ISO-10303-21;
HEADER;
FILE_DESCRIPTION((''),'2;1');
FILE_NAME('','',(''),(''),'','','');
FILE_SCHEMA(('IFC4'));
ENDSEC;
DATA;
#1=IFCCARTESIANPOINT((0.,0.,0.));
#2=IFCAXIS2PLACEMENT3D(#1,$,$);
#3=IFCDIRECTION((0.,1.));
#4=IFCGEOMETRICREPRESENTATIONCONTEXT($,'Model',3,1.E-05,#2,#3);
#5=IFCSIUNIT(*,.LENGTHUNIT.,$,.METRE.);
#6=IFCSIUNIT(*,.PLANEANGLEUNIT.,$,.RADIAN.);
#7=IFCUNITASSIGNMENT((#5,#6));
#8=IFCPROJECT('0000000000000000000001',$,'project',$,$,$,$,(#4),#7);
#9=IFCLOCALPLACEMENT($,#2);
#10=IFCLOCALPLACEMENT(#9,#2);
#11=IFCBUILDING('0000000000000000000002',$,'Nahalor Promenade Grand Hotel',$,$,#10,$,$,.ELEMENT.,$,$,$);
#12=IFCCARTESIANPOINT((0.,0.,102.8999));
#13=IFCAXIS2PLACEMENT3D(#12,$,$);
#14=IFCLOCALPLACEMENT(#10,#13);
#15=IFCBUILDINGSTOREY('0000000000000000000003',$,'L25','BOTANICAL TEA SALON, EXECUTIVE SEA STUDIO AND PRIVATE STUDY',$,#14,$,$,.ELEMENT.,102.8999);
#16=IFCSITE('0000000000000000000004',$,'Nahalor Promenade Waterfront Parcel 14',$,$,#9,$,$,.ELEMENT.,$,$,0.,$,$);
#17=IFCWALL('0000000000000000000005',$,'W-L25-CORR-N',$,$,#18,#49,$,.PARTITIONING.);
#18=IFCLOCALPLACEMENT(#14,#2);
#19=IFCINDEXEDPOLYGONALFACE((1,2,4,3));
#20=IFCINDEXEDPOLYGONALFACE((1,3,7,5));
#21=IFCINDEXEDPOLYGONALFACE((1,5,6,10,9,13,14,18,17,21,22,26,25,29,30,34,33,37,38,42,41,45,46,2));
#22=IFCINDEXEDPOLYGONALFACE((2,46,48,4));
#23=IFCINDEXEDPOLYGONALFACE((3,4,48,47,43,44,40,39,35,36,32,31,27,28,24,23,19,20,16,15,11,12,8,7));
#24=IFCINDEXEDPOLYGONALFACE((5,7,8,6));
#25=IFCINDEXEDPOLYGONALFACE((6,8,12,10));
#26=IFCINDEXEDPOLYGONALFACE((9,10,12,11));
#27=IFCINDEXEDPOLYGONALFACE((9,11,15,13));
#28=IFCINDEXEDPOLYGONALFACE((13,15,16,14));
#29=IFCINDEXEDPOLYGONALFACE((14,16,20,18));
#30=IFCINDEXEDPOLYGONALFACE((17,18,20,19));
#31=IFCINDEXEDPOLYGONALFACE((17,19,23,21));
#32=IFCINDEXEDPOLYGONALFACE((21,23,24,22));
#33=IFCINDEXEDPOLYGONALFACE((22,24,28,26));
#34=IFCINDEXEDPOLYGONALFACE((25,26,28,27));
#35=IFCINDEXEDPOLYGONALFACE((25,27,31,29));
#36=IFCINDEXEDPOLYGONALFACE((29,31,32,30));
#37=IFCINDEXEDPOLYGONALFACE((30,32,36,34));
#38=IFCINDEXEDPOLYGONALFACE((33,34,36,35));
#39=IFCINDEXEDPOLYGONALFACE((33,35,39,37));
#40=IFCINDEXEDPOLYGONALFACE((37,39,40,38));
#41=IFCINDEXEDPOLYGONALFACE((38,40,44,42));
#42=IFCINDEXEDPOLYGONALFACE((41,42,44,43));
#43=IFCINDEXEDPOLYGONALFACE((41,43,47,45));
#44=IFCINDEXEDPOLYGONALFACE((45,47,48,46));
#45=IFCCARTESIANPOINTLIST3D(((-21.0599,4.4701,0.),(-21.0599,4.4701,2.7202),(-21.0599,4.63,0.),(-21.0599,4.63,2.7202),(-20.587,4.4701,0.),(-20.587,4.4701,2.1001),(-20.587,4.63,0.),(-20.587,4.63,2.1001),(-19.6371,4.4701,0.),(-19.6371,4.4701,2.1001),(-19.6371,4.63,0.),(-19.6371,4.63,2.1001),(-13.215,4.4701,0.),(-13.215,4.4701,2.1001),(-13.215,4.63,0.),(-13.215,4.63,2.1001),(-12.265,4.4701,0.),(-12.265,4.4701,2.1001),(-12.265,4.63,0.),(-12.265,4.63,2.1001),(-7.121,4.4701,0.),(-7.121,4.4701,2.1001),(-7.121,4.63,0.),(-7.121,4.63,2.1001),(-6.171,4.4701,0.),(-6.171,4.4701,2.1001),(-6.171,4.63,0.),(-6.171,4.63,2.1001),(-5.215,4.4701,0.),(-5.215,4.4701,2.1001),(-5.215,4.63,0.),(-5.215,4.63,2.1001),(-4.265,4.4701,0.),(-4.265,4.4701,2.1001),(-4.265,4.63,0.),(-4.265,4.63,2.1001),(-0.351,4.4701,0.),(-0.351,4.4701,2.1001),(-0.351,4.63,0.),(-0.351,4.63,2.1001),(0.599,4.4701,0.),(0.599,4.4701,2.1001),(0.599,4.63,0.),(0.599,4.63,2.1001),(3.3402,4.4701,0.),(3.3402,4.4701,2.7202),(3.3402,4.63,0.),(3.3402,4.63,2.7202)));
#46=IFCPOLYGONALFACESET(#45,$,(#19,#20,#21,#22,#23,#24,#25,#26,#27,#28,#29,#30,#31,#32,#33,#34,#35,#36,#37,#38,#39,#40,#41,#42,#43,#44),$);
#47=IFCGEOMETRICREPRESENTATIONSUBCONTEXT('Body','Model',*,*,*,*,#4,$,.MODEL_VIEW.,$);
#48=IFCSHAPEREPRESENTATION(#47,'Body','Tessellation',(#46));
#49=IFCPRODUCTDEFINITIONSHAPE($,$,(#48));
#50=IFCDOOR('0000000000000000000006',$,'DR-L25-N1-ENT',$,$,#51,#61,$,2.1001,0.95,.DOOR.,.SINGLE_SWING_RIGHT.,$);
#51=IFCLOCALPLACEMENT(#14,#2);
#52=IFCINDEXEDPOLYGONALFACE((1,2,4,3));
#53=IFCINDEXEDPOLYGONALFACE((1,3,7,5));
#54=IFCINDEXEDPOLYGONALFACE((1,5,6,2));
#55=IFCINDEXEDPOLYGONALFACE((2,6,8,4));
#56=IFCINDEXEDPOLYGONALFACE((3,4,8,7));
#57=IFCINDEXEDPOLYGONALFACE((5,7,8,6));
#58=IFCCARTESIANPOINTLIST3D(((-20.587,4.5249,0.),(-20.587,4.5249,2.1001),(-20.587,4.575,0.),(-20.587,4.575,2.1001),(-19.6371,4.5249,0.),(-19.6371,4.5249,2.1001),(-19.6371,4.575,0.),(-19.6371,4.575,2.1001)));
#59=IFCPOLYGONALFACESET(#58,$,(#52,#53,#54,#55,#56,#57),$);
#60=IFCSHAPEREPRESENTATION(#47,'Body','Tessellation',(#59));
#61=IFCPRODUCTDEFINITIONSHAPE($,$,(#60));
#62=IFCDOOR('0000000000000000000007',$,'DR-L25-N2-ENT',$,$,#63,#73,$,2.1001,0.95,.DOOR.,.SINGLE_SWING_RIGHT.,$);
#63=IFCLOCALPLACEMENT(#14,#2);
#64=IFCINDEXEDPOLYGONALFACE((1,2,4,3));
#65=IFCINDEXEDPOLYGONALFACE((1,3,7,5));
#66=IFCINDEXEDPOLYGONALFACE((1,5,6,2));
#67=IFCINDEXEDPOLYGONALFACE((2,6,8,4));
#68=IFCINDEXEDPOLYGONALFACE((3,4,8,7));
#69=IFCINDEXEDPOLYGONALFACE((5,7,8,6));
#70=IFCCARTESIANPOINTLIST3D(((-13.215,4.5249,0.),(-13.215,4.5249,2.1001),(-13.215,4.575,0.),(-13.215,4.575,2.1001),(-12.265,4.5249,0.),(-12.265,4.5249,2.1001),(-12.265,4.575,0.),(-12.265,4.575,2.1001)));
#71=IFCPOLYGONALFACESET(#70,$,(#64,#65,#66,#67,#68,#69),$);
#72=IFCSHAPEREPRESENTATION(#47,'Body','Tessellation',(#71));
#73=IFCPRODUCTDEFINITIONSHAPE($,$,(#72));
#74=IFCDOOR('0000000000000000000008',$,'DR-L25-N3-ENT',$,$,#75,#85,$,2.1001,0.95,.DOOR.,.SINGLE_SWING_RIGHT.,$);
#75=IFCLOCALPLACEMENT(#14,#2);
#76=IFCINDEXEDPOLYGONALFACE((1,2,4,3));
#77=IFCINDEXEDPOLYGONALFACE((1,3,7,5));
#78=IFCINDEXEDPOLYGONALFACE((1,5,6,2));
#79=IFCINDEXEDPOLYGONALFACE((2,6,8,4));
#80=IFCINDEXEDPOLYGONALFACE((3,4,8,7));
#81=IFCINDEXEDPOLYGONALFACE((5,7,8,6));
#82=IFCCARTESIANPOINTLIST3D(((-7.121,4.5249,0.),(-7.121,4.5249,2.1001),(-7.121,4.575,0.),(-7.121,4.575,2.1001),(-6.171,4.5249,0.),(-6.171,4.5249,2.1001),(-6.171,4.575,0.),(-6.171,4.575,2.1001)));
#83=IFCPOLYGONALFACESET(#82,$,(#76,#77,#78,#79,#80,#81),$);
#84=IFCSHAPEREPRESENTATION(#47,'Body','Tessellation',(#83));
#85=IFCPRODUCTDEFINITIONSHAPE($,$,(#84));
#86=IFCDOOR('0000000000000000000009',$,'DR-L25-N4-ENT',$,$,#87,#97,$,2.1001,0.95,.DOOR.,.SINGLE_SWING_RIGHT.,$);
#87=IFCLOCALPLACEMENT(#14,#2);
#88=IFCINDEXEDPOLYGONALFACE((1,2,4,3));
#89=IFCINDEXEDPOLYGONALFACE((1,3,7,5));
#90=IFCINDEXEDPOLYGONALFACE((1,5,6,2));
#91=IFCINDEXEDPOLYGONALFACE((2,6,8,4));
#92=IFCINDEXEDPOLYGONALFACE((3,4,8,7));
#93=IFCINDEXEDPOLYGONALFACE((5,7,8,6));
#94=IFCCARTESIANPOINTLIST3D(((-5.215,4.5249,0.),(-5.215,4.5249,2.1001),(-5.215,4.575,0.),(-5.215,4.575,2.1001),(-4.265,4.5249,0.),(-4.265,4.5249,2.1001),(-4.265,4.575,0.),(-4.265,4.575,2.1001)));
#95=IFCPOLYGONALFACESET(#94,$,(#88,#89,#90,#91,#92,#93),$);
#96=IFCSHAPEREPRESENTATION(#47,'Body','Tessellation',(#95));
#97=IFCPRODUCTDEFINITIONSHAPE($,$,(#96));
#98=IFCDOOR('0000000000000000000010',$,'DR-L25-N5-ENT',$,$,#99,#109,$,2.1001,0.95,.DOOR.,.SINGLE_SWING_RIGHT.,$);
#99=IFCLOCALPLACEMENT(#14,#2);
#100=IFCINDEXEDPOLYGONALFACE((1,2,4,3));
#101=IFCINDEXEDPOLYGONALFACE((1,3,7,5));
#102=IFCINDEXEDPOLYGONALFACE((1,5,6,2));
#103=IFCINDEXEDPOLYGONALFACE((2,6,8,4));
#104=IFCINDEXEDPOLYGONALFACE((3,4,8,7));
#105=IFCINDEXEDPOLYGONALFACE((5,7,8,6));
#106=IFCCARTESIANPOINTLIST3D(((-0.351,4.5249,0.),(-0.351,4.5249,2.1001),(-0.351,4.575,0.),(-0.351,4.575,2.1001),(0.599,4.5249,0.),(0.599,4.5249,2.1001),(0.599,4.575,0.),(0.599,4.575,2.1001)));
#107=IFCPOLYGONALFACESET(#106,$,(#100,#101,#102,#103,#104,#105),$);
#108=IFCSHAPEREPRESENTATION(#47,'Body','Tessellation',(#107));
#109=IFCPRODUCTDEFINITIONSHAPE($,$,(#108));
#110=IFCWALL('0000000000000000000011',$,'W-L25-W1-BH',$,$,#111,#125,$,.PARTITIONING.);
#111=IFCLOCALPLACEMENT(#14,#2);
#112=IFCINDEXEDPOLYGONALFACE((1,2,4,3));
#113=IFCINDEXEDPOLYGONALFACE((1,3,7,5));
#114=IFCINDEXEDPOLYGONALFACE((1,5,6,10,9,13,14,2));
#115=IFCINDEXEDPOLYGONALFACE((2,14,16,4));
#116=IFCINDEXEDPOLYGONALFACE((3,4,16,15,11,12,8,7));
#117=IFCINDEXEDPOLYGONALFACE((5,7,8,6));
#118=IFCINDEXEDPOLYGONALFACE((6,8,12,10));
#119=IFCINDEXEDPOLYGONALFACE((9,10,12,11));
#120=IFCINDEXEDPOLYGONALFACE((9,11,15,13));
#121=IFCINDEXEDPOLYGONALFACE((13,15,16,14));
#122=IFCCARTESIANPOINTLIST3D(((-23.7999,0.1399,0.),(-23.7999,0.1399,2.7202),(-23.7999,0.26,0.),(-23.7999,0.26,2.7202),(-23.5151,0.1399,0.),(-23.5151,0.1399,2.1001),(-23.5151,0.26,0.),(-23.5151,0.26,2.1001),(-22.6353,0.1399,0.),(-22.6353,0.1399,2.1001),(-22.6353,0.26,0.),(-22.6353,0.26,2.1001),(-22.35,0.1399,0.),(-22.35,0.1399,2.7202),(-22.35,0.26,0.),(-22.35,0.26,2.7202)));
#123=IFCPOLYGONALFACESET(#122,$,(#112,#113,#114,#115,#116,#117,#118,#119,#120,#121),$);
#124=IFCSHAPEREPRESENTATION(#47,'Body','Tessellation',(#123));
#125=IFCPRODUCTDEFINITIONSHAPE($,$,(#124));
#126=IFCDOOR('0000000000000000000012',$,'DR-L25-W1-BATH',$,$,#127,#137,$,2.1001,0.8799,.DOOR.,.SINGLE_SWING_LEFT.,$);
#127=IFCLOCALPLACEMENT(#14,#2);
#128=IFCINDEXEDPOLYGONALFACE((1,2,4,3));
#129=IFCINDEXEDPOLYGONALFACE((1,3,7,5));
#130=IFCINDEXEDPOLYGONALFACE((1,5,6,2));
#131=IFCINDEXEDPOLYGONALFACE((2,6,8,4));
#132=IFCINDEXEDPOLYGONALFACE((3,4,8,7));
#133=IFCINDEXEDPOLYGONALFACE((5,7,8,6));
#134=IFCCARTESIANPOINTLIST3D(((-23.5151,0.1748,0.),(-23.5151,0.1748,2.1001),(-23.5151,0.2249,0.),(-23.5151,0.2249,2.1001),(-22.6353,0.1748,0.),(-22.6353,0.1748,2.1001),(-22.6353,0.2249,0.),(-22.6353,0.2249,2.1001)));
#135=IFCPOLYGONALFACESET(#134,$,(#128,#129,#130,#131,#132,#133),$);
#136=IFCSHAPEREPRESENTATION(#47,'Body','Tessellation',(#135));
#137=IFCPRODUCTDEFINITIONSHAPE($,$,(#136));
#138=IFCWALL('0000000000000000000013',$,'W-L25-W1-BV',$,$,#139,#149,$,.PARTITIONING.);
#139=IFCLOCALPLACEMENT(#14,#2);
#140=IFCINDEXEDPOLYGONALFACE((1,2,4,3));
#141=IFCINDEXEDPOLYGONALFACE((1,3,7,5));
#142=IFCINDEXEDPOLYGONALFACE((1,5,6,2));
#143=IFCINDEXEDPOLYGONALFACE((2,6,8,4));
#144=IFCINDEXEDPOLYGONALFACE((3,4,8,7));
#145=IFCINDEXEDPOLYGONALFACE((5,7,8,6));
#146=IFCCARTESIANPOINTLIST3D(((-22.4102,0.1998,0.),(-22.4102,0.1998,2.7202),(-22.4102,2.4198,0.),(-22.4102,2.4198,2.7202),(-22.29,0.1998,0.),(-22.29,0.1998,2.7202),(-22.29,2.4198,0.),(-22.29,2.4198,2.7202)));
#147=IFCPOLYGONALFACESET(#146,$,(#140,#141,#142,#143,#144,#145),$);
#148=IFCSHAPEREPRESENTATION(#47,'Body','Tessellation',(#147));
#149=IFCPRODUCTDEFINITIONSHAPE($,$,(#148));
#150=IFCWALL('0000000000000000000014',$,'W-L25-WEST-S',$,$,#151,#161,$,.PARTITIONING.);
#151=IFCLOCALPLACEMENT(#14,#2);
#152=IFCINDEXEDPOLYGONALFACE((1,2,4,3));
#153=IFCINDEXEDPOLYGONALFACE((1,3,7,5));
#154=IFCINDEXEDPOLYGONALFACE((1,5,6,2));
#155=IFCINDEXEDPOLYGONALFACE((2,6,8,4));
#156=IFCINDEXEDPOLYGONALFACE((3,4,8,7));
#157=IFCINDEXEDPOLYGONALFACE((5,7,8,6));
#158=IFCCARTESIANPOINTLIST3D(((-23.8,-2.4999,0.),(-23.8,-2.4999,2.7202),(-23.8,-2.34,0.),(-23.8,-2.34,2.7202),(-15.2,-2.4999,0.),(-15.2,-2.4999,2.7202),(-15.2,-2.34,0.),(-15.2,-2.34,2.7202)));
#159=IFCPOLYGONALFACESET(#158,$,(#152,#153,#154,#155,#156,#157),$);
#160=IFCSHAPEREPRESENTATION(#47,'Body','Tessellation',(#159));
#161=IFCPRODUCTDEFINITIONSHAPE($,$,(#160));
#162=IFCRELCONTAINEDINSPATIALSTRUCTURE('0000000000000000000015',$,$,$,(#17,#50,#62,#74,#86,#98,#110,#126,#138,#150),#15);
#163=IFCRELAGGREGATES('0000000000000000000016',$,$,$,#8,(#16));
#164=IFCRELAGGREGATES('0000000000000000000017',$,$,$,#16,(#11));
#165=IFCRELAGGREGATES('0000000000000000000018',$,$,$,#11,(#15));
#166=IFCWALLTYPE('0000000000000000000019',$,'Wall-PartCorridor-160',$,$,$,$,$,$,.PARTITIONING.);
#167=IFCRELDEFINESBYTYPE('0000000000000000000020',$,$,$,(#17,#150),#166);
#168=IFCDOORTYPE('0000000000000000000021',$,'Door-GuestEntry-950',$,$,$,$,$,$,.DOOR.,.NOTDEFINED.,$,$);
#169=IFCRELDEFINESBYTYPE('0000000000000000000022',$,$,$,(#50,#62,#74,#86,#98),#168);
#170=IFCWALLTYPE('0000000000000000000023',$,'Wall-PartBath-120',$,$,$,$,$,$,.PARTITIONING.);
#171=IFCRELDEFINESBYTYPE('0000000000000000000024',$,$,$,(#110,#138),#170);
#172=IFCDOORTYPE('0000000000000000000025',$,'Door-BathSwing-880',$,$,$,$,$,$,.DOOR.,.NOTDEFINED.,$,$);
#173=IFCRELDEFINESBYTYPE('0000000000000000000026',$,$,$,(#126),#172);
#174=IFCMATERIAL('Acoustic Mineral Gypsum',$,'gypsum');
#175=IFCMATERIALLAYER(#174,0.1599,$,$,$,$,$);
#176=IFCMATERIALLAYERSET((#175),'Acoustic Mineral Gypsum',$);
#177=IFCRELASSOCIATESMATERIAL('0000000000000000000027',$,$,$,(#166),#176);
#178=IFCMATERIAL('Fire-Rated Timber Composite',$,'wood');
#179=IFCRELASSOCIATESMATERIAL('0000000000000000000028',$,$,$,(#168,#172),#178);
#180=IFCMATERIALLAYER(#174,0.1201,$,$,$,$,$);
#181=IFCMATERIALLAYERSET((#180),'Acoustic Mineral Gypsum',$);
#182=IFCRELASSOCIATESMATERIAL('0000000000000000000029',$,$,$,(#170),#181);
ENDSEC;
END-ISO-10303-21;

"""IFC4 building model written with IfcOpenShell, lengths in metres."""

from ifc_helpers import new_model, si_unit, direction, frame, frame_2d, origin, place, context, subcontext, project, spatial, rectangle, extrude, source, transform, mapped, material, layer, layer_set, type_object, element, fill, save


model = new_model("IFC4")

# Units and contexts
model_context = context("Model", 3, precision=1e-05, world=origin(), true_north=direction((0.0, 1.0)))
body_context = subcontext(model_context, "Body", "Model", "MODEL_VIEW")
ifc_project = project(units=[si_unit("LENGTHUNIT", "METRE"), si_unit("PLANEANGLEUNIT", "RADIAN")], contexts=[model_context])

# Site, building, storey
site_placement = place(None, origin())
site = spatial("IfcSite", under=ifc_project, at=site_placement, Name="Nahalor Promenade Waterfront Parcel 14", CompositionType="ELEMENT", RefElevation=0.0)
building_placement = place(site_placement, origin())
building = spatial("IfcBuilding", under=site, at=building_placement, Name="Nahalor Promenade Grand Hotel", CompositionType="ELEMENT")
storey_placement = place(building_placement, frame((0.0, 0.0, 102.8999)))
storey = spatial("IfcBuildingStorey", under=building, at=storey_placement, Name="L25", Description="BOTANICAL TEA SALON, EXECUTIVE SEA STUDIO AND PRIVATE STUDY", CompositionType="ELEMENT", Elevation=102.8999)

# Wall, openings, doors
ifc_material_1 = material(Name="Acoustic Mineral Gypsum", Category="gypsum")
ifc_layer_1 = layer(ifc_material_1, 0.1599)
ifc_layer_set_1 = layer_set([ifc_layer_1], Name="Acoustic Mineral Gypsum")
wall_type_1 = type_object("IfcWallType", Name="Wall-PartCorridor-160", PredefinedType="PARTITIONING", material=ifc_layer_set_1)
shared_shape_1 = source(origin(), body_context, "Body", "SweptSolid", [
    extrude(rectangle(XDim=24.4001, YDim=0.1599, at=frame_2d((12.2002, 0.0))), origin(), (0.0, 0.0, 1.0), 2.7202),
])
wall_1_placement = place(storey_placement, frame((-21.0601, 4.55, 0.0), z_axis=(0.0, 0.0, 1.0), x_axis=(1.0, 0.0, 0.0)))
wall_1 = element("IfcWall", 1, at=wall_1_placement, inside=storey, type_object=wall_type_1, Name="W-L25-CORR-N", PredefinedType="PARTITIONING", context=body_context, shape_type="MappedRepresentation", body=[
    mapped(shared_shape_1, transform((0.0, 0.0, 0.0), scale=1.0)),
])
opening_1_placement = place(wall_1_placement, frame((0.4729, 0.0, 0.0)))
opening_1 = element("IfcOpeningElement", 2, at=opening_1_placement, cuts=wall_1, PredefinedType="OPENING", context=body_context, shape_type="SweptSolid", body=[
    extrude(rectangle(XDim=0.95, YDim=2.1001, at=frame_2d((0.4751, 1.05))), frame((0.0, 0.0898, 0.0), z_axis=(0.0, -1.0, 0.0), x_axis=(1.0, 0.0, 0.0)), (0.0, 0.0, 1.0), 0.1799),
])
opening_2_placement = place(wall_1_placement, frame((7.845, 0.0, 0.0)))
opening_2 = element("IfcOpeningElement", 3, at=opening_2_placement, cuts=wall_1, PredefinedType="OPENING", context=body_context, shape_type="SweptSolid", body=[
    extrude(rectangle(XDim=0.95, YDim=2.1001, at=frame_2d((0.4751, 1.05))), frame((0.0, 0.0898, 0.0), z_axis=(0.0, -1.0, 0.0), x_axis=(1.0, 0.0, 0.0)), (0.0, 0.0, 1.0), 0.1799),
])
opening_3_placement = place(wall_1_placement, frame((13.939, 0.0, 0.0)))
opening_3 = element("IfcOpeningElement", 4, at=opening_3_placement, cuts=wall_1, PredefinedType="OPENING", context=body_context, shape_type="SweptSolid", body=[
    extrude(rectangle(XDim=0.95, YDim=2.1001, at=frame_2d((0.4751, 1.05))), frame((0.0, 0.0898, 0.0), z_axis=(0.0, -1.0, 0.0), x_axis=(1.0, 0.0, 0.0)), (0.0, 0.0, 1.0), 0.1799),
])
opening_4_placement = place(wall_1_placement, frame((15.845, 0.0, 0.0)))
opening_4 = element("IfcOpeningElement", 5, at=opening_4_placement, cuts=wall_1, PredefinedType="OPENING", context=body_context, shape_type="SweptSolid", body=[
    extrude(rectangle(XDim=0.95, YDim=2.1001, at=frame_2d((0.4751, 1.05))), frame((0.0, 0.0898, 0.0), z_axis=(0.0, -1.0, 0.0), x_axis=(1.0, 0.0, 0.0)), (0.0, 0.0, 1.0), 0.1799),
])
opening_5_placement = place(wall_1_placement, frame((20.709, 0.0, 0.0)))
opening_5 = element("IfcOpeningElement", 6, at=opening_5_placement, cuts=wall_1, PredefinedType="OPENING", context=body_context, shape_type="SweptSolid", body=[
    extrude(rectangle(XDim=0.95, YDim=2.1001, at=frame_2d((0.4751, 1.05))), frame((0.0, 0.0898, 0.0), z_axis=(0.0, -1.0, 0.0), x_axis=(1.0, 0.0, 0.0)), (0.0, 0.0, 1.0), 0.1799),
])
ifc_material_2 = material(Name="Fire-Rated Timber Composite", Category="wood")
door_type_1 = type_object("IfcDoorType", Name="Door-GuestEntry-950", OperationType="NOTDEFINED", PredefinedType="DOOR", material=ifc_material_2)
shared_shape_2 = source(origin(), body_context, "Body", "SweptSolid", [
    extrude(rectangle(XDim=0.95, YDim=2.1001, at=frame_2d((0.4751, 1.05))), frame((0.0, 0.0249, 0.0), z_axis=(0.0, -1.0, 0.0), x_axis=(1.0, 0.0, 0.0)), (0.0, 0.0, 1.0), 0.05),
])
door_1_placement = place(opening_1_placement, origin())
door_1 = element("IfcDoor", 7, at=door_1_placement, inside=storey, type_object=door_type_1, Name="DR-L25-N1-ENT", OperationType="SINGLE_SWING_RIGHT", OverallHeight=2.1001, OverallWidth=0.95, PredefinedType="DOOR", context=body_context, shape_type="MappedRepresentation", body=[
    mapped(shared_shape_2, transform((0.0, 0.0, 0.0), scale=1.0)),
])
fill(opening_1, door_1)
door_2_placement = place(opening_2_placement, origin())
door_2 = element("IfcDoor", 8, at=door_2_placement, inside=storey, type_object=door_type_1, Name="DR-L25-N2-ENT", OperationType="SINGLE_SWING_RIGHT", OverallHeight=2.1001, OverallWidth=0.95, PredefinedType="DOOR", context=body_context, shape_type="MappedRepresentation", body=[
    mapped(shared_shape_2, transform((0.0, 0.0, 0.0), scale=1.0)),
])
fill(opening_2, door_2)
door_3_placement = place(opening_3_placement, origin())
door_3 = element("IfcDoor", 9, at=door_3_placement, inside=storey, type_object=door_type_1, Name="DR-L25-N3-ENT", OperationType="SINGLE_SWING_RIGHT", OverallHeight=2.1001, OverallWidth=0.95, PredefinedType="DOOR", context=body_context, shape_type="MappedRepresentation", body=[
    mapped(shared_shape_2, transform((0.0, 0.0, 0.0), scale=1.0)),
])
fill(opening_3, door_3)
door_4_placement = place(opening_4_placement, origin())
door_4 = element("IfcDoor", 10, at=door_4_placement, inside=storey, type_object=door_type_1, Name="DR-L25-N4-ENT", OperationType="SINGLE_SWING_RIGHT", OverallHeight=2.1001, OverallWidth=0.95, PredefinedType="DOOR", context=body_context, shape_type="MappedRepresentation", body=[
    mapped(shared_shape_2, transform((0.0, 0.0, 0.0), scale=1.0)),
])
fill(opening_4, door_4)
door_5_placement = place(opening_5_placement, origin())
door_5 = element("IfcDoor", 11, at=door_5_placement, inside=storey, type_object=door_type_1, Name="DR-L25-N5-ENT", OperationType="SINGLE_SWING_RIGHT", OverallHeight=2.1001, OverallWidth=0.95, PredefinedType="DOOR", context=body_context, shape_type="MappedRepresentation", body=[
    mapped(shared_shape_2, transform((0.0, 0.0, 0.0), scale=1.0)),
])
fill(opening_5, door_5)

# Wall, opening, door
ifc_layer_2 = layer(ifc_material_1, 0.1201)
ifc_layer_set_2 = layer_set([ifc_layer_2], Name="Acoustic Mineral Gypsum")
wall_type_2 = type_object("IfcWallType", Name="Wall-PartBath-120", PredefinedType="PARTITIONING", material=ifc_layer_set_2)
shared_shape_3 = source(origin(), body_context, "Body", "SweptSolid", [
    extrude(rectangle(XDim=1.45, YDim=0.1201, at=frame_2d((0.7251, 0.0))), origin(), (0.0, 0.0, 1.0), 2.7202),
])
wall_2_placement = place(storey_placement, frame((-23.8, 0.2, 0.0), z_axis=(0.0, 0.0, 1.0), x_axis=(1.0, 0.0, 0.0)))
wall_2 = element("IfcWall", 12, at=wall_2_placement, inside=storey, type_object=wall_type_2, Name="W-L25-W1-BH", PredefinedType="PARTITIONING", context=body_context, shape_type="MappedRepresentation", body=[
    mapped(shared_shape_3, transform((0.0, 0.0, 0.0), scale=1.0)),
])
opening_6_placement = place(wall_2_placement, frame((0.2849, 0.0, 0.0)))
opening_6 = element("IfcOpeningElement", 13, at=opening_6_placement, cuts=wall_2, PredefinedType="OPENING", context=body_context, shape_type="SweptSolid", body=[
    extrude(rectangle(XDim=0.8799, YDim=2.1001, at=frame_2d((0.4399, 1.05))), frame((0.0, 0.0701, 0.0), z_axis=(0.0, -1.0, 0.0), x_axis=(1.0, 0.0, 0.0)), (0.0, 0.0, 1.0), 0.1401),
])
door_type_2 = type_object("IfcDoorType", Name="Door-BathSwing-880", OperationType="NOTDEFINED", PredefinedType="DOOR", material=ifc_material_2)
shared_shape_4 = source(origin(), body_context, "Body", "SweptSolid", [
    extrude(rectangle(XDim=0.8799, YDim=2.1001, at=frame_2d((0.4399, 1.05))), frame((0.0, 0.0249, 0.0), z_axis=(0.0, -1.0, 0.0), x_axis=(1.0, 0.0, 0.0)), (0.0, 0.0, 1.0), 0.05),
])
door_6_placement = place(opening_6_placement, origin())
door_6 = element("IfcDoor", 14, at=door_6_placement, inside=storey, type_object=door_type_2, Name="DR-L25-W1-BATH", OperationType="SINGLE_SWING_LEFT", OverallHeight=2.1001, OverallWidth=0.8799, PredefinedType="DOOR", context=body_context, shape_type="MappedRepresentation", body=[
    mapped(shared_shape_4, transform((0.0, 0.0, 0.0), scale=1.0)),
])
fill(opening_6, door_6)

# Wall
shared_shape_5 = source(origin(), body_context, "Body", "SweptSolid", [
    extrude(rectangle(XDim=2.22, YDim=0.1201, at=frame_2d((1.1099, 0.0))), origin(), (0.0, 0.0, 1.0), 2.7202),
])
wall_3_placement = place(storey_placement, frame((-22.3501, 0.2, 0.0), z_axis=(0.0, 0.0, 1.0), x_axis=(0.0, 1.0, 0.0)))
element("IfcWall", 15, at=wall_3_placement, inside=storey, type_object=wall_type_2, Name="W-L25-W1-BV", PredefinedType="PARTITIONING", context=body_context, shape_type="MappedRepresentation", body=[
    mapped(shared_shape_5, transform((0.0, 0.0, 0.0), scale=1.0)),
])

# Shared definitions
shared_shape_6 = source(origin(), body_context, "Body", "SweptSolid", [
    extrude(rectangle(XDim=8.6001, YDim=0.1599, at=frame_2d((4.3, 0.0))), origin(), (0.0, 0.0, 1.0), 2.7202),
])

# Wall
wall_4_placement = place(storey_placement, frame((-23.8, -2.4199, 0.0), z_axis=(0.0, 0.0, 1.0), x_axis=(1.0, 0.0, 0.0)))
element("IfcWall", 16, at=wall_4_placement, inside=storey, type_object=wall_type_1, Name="W-L25-WEST-S", PredefinedType="PARTITIONING", context=body_context, shape_type="MappedRepresentation", body=[
    mapped(shared_shape_6, transform((0.0, 0.0, 0.0), scale=1.0)),
])

save(model, "model.ifc")
